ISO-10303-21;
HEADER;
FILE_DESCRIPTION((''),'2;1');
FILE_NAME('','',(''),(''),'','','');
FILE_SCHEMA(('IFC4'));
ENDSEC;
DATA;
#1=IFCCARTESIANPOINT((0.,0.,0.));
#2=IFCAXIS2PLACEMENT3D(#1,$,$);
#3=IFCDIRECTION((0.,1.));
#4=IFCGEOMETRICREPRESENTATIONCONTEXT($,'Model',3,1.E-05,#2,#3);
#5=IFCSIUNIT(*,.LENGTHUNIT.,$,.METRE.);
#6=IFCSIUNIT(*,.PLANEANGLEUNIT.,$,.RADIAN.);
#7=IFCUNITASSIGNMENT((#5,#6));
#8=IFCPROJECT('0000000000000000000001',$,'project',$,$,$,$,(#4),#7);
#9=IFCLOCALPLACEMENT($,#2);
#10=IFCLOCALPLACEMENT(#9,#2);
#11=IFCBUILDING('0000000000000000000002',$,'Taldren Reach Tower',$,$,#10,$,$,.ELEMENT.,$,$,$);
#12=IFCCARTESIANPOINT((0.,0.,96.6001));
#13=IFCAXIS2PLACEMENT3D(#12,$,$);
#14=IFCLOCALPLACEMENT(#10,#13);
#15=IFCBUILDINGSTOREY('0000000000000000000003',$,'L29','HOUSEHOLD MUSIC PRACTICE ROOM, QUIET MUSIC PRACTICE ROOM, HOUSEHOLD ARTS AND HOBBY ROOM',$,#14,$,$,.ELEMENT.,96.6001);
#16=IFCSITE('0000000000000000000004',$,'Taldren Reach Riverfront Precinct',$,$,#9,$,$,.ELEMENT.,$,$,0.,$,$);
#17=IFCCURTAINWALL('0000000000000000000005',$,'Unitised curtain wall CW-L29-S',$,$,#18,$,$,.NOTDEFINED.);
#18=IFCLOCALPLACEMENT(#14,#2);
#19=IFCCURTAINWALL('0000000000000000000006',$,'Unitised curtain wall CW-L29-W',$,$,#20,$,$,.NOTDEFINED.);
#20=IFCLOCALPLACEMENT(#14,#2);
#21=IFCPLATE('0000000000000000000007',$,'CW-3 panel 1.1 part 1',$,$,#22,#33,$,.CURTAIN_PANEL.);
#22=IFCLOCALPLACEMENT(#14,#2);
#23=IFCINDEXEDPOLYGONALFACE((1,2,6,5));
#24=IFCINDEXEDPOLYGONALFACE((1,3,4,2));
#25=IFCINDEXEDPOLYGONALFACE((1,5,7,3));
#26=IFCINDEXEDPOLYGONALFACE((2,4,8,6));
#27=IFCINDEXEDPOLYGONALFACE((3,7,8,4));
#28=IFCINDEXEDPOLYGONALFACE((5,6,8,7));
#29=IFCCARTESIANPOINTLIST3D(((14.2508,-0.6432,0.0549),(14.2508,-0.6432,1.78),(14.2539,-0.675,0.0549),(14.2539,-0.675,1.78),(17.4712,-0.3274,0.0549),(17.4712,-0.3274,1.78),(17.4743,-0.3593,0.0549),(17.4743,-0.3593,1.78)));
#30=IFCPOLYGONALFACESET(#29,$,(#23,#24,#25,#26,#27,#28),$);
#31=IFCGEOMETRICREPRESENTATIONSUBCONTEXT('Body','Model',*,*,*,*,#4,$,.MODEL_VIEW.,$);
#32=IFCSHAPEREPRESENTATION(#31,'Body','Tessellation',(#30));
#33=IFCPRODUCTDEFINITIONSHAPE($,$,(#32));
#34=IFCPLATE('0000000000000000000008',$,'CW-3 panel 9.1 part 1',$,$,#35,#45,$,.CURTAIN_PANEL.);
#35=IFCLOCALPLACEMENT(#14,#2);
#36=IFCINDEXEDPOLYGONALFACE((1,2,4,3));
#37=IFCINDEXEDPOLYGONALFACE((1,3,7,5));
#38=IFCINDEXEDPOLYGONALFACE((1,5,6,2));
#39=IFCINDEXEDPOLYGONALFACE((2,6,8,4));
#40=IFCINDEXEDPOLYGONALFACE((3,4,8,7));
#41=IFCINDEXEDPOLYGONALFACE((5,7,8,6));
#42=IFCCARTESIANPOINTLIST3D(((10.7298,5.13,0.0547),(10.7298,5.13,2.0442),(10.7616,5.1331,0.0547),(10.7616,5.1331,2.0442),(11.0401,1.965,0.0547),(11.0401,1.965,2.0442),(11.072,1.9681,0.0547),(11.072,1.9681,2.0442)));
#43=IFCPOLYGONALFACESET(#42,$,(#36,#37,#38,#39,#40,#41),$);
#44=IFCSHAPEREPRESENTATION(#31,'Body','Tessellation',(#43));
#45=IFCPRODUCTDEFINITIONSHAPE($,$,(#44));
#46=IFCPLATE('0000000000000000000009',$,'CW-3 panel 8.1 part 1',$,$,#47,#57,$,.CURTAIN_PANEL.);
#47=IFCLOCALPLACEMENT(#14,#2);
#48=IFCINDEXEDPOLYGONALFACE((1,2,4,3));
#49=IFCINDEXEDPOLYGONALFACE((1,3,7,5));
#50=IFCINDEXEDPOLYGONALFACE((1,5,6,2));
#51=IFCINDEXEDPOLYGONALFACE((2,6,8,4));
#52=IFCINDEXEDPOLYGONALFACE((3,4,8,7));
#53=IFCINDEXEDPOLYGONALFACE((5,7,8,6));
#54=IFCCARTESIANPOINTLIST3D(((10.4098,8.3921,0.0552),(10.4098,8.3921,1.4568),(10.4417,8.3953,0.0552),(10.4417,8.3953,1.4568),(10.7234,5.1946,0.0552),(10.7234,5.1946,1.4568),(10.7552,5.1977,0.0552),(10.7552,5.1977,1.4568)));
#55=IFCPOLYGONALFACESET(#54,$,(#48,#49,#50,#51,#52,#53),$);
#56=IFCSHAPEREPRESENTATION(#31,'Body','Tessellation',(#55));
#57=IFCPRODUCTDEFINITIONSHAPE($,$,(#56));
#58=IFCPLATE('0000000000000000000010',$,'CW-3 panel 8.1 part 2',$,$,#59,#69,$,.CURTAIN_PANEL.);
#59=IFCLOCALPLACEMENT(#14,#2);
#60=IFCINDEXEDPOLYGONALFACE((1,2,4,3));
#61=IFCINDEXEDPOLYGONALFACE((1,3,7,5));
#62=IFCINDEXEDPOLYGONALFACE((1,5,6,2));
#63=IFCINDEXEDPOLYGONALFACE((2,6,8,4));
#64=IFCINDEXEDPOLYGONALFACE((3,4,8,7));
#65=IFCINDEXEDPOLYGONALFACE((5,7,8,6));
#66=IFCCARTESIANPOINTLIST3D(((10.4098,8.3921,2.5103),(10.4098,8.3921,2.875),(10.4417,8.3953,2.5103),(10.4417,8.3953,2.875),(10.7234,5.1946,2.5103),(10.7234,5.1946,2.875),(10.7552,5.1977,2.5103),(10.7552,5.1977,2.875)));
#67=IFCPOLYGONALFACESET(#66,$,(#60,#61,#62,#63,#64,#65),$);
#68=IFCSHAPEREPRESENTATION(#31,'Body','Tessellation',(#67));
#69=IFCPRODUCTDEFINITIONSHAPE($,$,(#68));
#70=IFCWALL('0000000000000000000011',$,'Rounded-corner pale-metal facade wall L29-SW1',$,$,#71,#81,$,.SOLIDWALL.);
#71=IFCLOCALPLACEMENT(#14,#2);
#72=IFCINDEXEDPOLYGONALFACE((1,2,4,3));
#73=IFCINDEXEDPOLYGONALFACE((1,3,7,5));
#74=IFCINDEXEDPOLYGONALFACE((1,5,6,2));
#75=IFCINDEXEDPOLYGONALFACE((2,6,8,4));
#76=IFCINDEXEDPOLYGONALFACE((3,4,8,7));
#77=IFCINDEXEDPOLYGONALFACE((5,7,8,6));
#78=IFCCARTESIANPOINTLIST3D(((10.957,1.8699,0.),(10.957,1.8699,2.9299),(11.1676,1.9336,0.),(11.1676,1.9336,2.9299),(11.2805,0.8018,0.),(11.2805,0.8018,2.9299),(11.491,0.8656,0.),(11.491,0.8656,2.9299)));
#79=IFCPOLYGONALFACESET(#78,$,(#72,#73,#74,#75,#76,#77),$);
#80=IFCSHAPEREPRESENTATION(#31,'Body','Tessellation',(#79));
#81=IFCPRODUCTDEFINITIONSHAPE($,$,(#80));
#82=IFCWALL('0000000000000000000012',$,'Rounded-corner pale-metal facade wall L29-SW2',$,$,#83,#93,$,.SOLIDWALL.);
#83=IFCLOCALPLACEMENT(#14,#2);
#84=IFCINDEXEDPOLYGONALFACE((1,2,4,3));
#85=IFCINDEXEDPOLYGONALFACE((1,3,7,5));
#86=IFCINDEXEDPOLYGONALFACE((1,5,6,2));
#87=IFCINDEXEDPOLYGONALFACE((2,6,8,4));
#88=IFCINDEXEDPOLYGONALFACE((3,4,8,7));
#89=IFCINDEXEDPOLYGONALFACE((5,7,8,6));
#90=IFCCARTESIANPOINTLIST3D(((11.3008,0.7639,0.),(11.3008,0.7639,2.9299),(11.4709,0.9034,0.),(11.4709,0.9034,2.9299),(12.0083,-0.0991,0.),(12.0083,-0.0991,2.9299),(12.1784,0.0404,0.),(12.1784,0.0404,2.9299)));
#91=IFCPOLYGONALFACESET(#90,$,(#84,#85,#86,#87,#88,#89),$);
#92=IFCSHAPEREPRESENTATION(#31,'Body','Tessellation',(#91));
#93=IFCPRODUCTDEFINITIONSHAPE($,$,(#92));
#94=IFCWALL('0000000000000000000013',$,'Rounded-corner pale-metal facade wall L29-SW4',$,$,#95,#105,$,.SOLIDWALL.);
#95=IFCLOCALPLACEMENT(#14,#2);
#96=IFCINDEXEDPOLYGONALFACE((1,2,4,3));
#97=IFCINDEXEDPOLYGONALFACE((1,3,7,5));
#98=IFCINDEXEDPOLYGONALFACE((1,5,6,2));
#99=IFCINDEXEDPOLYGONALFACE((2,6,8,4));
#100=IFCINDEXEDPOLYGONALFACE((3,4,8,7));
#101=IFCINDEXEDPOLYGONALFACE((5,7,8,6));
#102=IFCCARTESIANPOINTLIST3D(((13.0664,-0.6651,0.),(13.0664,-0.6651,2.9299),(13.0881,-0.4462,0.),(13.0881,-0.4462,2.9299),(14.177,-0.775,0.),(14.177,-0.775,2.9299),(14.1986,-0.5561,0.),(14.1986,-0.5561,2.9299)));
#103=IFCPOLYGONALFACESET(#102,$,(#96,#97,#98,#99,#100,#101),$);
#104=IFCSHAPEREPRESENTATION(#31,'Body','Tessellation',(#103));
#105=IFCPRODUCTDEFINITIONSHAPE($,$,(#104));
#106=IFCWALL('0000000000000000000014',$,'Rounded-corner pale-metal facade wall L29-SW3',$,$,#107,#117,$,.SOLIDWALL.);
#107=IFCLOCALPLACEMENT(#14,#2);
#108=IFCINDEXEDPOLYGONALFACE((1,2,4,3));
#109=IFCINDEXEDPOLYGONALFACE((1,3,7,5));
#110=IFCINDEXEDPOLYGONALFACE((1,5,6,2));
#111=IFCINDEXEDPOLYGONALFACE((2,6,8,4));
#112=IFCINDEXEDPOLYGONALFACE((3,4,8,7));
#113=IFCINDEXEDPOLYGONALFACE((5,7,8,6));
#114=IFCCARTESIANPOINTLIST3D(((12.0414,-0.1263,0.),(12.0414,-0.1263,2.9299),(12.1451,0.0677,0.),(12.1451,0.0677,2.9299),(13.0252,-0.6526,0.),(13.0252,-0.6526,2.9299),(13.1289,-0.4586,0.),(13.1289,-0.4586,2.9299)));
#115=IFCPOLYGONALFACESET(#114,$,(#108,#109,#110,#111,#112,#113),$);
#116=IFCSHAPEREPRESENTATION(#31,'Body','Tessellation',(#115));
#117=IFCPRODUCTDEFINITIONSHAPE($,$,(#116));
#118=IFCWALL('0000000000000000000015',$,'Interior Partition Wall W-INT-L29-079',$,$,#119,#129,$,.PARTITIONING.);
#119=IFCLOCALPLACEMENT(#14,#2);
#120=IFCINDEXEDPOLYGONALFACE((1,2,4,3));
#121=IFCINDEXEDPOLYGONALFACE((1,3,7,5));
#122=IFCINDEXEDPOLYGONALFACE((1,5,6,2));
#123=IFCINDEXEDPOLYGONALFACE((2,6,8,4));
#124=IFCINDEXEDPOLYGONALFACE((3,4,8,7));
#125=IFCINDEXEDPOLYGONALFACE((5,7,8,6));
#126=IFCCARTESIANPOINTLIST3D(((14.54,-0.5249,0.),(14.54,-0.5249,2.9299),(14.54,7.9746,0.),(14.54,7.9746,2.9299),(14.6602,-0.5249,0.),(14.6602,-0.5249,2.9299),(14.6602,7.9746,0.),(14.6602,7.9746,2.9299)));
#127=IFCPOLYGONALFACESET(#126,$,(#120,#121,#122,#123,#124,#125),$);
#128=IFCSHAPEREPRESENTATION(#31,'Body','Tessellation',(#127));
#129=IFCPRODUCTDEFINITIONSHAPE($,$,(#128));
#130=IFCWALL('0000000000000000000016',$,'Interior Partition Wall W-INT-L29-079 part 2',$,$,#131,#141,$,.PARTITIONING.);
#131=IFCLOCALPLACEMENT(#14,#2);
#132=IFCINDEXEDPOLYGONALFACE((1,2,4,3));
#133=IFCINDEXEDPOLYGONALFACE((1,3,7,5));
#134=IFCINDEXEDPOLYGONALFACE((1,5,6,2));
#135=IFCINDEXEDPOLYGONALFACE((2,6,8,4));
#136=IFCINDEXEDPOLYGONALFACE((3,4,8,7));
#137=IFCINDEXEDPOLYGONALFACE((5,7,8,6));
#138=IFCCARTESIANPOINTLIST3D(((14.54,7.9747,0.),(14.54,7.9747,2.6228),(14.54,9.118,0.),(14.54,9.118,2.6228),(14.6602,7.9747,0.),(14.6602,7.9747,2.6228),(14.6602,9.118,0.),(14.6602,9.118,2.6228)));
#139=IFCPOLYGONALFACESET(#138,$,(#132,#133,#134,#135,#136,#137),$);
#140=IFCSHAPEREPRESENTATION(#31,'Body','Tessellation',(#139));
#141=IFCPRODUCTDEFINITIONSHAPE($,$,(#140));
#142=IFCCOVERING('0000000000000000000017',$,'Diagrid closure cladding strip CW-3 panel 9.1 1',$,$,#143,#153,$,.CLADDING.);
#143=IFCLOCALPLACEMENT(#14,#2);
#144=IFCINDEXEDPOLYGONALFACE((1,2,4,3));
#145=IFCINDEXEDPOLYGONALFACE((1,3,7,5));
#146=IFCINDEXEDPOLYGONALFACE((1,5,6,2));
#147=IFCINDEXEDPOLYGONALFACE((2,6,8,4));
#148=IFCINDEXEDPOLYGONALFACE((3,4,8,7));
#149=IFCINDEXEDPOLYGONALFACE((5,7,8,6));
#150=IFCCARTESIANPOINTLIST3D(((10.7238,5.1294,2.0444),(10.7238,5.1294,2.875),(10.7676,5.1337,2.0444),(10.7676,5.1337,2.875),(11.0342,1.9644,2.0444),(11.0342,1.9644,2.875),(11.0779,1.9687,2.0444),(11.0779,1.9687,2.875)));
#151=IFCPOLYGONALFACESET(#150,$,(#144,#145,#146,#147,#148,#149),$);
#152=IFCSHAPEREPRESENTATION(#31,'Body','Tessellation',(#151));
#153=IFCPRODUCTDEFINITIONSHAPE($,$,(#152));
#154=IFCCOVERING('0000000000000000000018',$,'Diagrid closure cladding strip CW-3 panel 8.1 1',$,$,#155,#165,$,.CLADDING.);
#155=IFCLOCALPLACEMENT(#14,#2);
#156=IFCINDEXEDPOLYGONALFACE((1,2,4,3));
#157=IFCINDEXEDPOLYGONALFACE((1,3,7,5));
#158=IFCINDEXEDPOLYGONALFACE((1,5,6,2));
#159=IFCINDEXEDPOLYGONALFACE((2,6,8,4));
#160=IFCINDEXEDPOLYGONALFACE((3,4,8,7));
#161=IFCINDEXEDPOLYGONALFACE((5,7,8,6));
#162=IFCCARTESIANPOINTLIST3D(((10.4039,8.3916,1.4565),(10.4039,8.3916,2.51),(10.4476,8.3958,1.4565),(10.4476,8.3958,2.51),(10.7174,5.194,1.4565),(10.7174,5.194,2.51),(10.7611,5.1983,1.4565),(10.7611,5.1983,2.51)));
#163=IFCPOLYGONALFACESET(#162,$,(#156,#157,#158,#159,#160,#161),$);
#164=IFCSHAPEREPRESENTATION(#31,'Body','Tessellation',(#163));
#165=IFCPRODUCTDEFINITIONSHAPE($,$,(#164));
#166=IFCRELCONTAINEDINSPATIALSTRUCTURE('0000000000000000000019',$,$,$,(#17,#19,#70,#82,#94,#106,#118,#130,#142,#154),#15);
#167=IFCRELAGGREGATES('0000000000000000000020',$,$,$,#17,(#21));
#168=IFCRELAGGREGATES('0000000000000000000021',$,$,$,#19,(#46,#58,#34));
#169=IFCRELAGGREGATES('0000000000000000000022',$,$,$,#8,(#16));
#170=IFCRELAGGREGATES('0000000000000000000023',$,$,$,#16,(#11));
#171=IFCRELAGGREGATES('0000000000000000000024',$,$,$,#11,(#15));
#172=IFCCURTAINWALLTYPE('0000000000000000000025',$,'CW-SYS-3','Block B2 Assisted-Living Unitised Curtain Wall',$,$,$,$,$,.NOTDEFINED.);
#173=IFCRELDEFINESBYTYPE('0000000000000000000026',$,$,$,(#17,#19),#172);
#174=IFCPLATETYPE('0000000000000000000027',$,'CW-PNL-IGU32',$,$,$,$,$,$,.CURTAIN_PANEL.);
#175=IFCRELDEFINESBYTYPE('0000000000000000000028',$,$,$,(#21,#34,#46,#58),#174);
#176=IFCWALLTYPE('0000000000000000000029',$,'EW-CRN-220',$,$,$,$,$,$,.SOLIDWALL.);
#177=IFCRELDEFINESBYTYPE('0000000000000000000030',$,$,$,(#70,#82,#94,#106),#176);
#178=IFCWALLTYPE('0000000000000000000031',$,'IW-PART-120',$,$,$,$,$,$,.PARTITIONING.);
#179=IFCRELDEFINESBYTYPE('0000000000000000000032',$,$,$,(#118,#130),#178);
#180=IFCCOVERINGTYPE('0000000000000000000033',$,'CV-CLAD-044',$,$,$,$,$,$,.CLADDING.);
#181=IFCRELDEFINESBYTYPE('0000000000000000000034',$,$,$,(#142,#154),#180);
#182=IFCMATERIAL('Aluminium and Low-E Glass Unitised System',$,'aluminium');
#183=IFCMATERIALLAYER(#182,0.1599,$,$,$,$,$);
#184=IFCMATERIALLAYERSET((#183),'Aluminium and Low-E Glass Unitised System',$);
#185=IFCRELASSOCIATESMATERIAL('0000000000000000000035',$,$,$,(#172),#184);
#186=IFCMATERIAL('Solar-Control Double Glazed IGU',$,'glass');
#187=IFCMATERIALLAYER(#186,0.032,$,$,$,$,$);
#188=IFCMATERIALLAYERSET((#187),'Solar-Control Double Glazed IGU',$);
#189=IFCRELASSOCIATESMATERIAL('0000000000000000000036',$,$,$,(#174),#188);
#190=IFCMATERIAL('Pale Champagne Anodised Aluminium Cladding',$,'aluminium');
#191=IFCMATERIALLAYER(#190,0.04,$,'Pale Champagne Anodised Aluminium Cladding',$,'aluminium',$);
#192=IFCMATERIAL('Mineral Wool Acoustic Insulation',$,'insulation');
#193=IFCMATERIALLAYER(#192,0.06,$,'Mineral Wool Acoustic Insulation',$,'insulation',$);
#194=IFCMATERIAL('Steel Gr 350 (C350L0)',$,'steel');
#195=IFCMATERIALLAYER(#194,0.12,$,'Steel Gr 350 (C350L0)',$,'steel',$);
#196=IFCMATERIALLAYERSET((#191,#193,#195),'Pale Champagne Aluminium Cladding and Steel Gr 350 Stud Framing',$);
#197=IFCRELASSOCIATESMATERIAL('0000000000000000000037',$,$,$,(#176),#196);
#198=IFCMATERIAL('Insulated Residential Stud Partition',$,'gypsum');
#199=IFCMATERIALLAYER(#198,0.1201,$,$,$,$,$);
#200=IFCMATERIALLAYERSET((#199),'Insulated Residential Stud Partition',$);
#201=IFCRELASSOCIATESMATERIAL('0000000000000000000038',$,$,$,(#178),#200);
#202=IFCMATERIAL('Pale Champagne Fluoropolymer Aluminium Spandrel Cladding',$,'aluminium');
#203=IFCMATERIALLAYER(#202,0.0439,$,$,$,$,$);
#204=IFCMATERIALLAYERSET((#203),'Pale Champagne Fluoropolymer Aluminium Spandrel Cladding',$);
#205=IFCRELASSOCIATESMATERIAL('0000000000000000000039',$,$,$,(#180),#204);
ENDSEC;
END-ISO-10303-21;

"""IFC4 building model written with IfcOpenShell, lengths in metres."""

from ifc_helpers import new_model, si_unit, direction, frame, frame_2d, origin, origin_2d, place, context, subcontext, project, spatial, rectangle, extrude, source, transform, mapped, material, layer, layer_set, type_object, element, aggregate, save


model = new_model("IFC4")

# Units and contexts
model_context = context("Model", 3, precision=1e-05, world=origin(), true_north=direction((0.0, 1.0)))
body_context = subcontext(model_context, "Body", "Model", "MODEL_VIEW")
ifc_project = project(units=[si_unit("LENGTHUNIT", "METRE"), si_unit("PLANEANGLEUNIT", "RADIAN")], contexts=[model_context])

# Site, building, storey
site_placement = place(None, origin())
site = spatial("IfcSite", under=ifc_project, at=site_placement, Name="Taldren Reach Riverfront Precinct", CompositionType="ELEMENT", RefElevation=0.0)
building_placement = place(site_placement, origin())
building = spatial("IfcBuilding", under=site, at=building_placement, Name="Taldren Reach Tower", CompositionType="ELEMENT")
storey_placement = place(building_placement, frame((0.0, 0.0, 96.6001)))
storey = spatial("IfcBuildingStorey", under=building, at=storey_placement, Name="L29", Description="HOUSEHOLD MUSIC PRACTICE ROOM, QUIET MUSIC PRACTICE ROOM, HOUSEHOLD ARTS AND HOBBY ROOM", CompositionType="ELEMENT", Elevation=96.6001)

# Shared definitions
ifc_material_1 = material(Name="Steel Gr 350 (C350L0)", Category="steel")

# Curtain wall
ifc_material_2 = material(Name="Aluminium and Low-E Glass Unitised System", Category="aluminium")
ifc_layer_1 = layer(ifc_material_2, 0.1599)
ifc_layer_set_1 = layer_set([ifc_layer_1], Name="Aluminium and Low-E Glass Unitised System")
curtain_wall_type = type_object("IfcCurtainWallType", Name="CW-SYS-3", Description="Block B2 Assisted-Living Unitised Curtain Wall", PredefinedType="NOTDEFINED", material=ifc_layer_set_1)
curtain_wall_1_placement = place(storey_placement, origin())
curtain_wall_1 = element("IfcCurtainWall", 1, at=curtain_wall_1_placement, inside=storey, type_object=curtain_wall_type, Name="Unitised curtain wall CW-L29-S", PredefinedType="NOTDEFINED")

# Curtain wall
curtain_wall_2_placement = place(storey_placement, origin())
curtain_wall_2 = element("IfcCurtainWall", 2, at=curtain_wall_2_placement, inside=storey, type_object=curtain_wall_type, Name="Unitised curtain wall CW-L29-W", PredefinedType="NOTDEFINED")

# Plates
ifc_material_3 = material(Name="Solar-Control Double Glazed IGU", Category="glass")
ifc_layer_2 = layer(ifc_material_3, 0.032)
ifc_layer_set_2 = layer_set([ifc_layer_2], Name="Solar-Control Double Glazed IGU")
plate_type_1 = type_object("IfcPlateType", Name="CW-PNL-IGU32", PredefinedType="CURTAIN_PANEL", material=ifc_layer_set_2)
shared_shape_1 = source(origin(), body_context, "Body", "SweptSolid", [
    extrude(rectangle(XDim=3.2358, YDim=0.032, at=origin_2d()), origin(), (0.0, 0.0, 1.0), 1.7251),
])
plate_1_placement = place(storey_placement, frame((15.8625, -0.5012, 0.0549), z_axis=(0.0, 0.0, 1.0), x_axis=(0.995227, 0.097583, 0.0)))
plate_1 = element("IfcPlate", 3, at=plate_1_placement, type_object=plate_type_1, Name="CW-3 panel 1.1 part 1", PredefinedType="CURTAIN_PANEL", context=body_context, shape_type="MappedRepresentation", body=[
    mapped(shared_shape_1, transform((0.0, 0.0, 0.0), scale=1.0)),
])
aggregate(curtain_wall_1, [plate_1])
shared_shape_2 = source(origin(), body_context, "Body", "SweptSolid", [
    extrude(rectangle(XDim=3.1802, YDim=0.032, at=origin_2d()), origin(), (0.0, 0.0, 1.0), 1.9895),
])
plate_2_placement = place(storey_placement, frame((10.9009, 3.5491, 0.0547), z_axis=(0.0, 0.0, 1.0), x_axis=(0.097583, -0.995227, 0.0)))
plate_2 = element("IfcPlate", 4, at=plate_2_placement, type_object=plate_type_1, Name="CW-3 panel 9.1 part 1", PredefinedType="CURTAIN_PANEL", context=body_context, shape_type="MappedRepresentation", body=[
    mapped(shared_shape_2, transform((0.0, 0.0, 0.0), scale=1.0)),
])
shared_shape_3 = source(origin(), body_context, "Body", "SweptSolid", [
    extrude(rectangle(XDim=3.2129, YDim=0.032, at=origin_2d()), origin(), (0.0, 0.0, 1.0), 1.4016),
])
plate_3_placement = place(storey_placement, frame((10.5825, 6.7949, 0.0552), z_axis=(0.0, 0.0, 1.0), x_axis=(0.097583, -0.995227, 0.0)))
plate_3 = element("IfcPlate", 5, at=plate_3_placement, type_object=plate_type_1, Name="CW-3 panel 8.1 part 1", PredefinedType="CURTAIN_PANEL", context=body_context, shape_type="MappedRepresentation", body=[
    mapped(shared_shape_3, transform((0.0, 0.0, 0.0), scale=1.0)),
])
shared_shape_4 = source(origin(), body_context, "Body", "SweptSolid", [
    extrude(rectangle(XDim=3.2129, YDim=0.032, at=origin_2d()), origin(), (0.0, 0.0, 1.0), 0.3647),
])
plate_4_placement = place(storey_placement, frame((10.5825, 6.7949, 2.5103), z_axis=(0.0, 0.0, 1.0), x_axis=(0.097583, -0.995227, 0.0)))
plate_4 = element("IfcPlate", 6, at=plate_4_placement, type_object=plate_type_1, Name="CW-3 panel 8.1 part 2", PredefinedType="CURTAIN_PANEL", context=body_context, shape_type="MappedRepresentation", body=[
    mapped(shared_shape_4, transform((0.0, 0.0, 0.0), scale=1.0)),
])
aggregate(curtain_wall_2, [plate_3, plate_4, plate_2])

# Walls
ifc_material_4 = material(Name="Pale Champagne Anodised Aluminium Cladding", Category="aluminium")
ifc_layer_3 = layer(ifc_material_4, 0.04, Name="Pale Champagne Anodised Aluminium Cladding", Category="aluminium")
ifc_material_5 = material(Name="Mineral Wool Acoustic Insulation", Category="insulation")
ifc_layer_4 = layer(ifc_material_5, 0.06, Name="Mineral Wool Acoustic Insulation", Category="insulation")
ifc_layer_5 = layer(ifc_material_1, 0.12, Name="Steel Gr 350 (C350L0)", Category="steel")
ifc_layer_set_3 = layer_set([ifc_layer_3, ifc_layer_4, ifc_layer_5], Name="Pale Champagne Aluminium Cladding and Steel Gr 350 Stud Framing")
wall_type_1 = type_object("IfcWallType", Name="EW-CRN-220", PredefinedType="SOLIDWALL", material=ifc_layer_set_3)
shared_shape_5 = source(origin(), body_context, "Body", "SweptSolid", [
    extrude(rectangle(XDim=1.116, YDim=0.22, at=frame_2d((0.5581, 0.0))), origin(), (0.0, 0.0, 1.0), 2.9299),
])
for number, where, z_axis, x_axis, name in (
    (7, (11.0623, 1.9019, 0.0), (0.0, 0.0, 1.0), (0.289856, -0.95707, 0.0), "Rounded-corner pale-metal facade wall L29-SW1"),
    (8, (11.3857, 0.8337, 0.0), (0.0, 0.0, 1.0), (0.633988, -0.773343, 0.0), "Rounded-corner pale-metal facade wall L29-SW2"),
    (9, (13.0771, -0.5557, 0.0), (0.0, 0.0, 1.0), (0.995143, -0.098442, 0.0), "Rounded-corner pale-metal facade wall L29-SW4"),
):
    element("IfcWall", number, at=place(storey_placement, frame(where, z_axis=z_axis, x_axis=x_axis)), inside=storey, type_object=wall_type_1, Name=name, PredefinedType="SOLIDWALL", context=body_context, shape_type="MappedRepresentation", body=[
        mapped(shared_shape_5, transform((0.0, 0.0, 0.0), scale=1.0)),
    ])
shared_shape_6 = source(origin(), body_context, "Body", "SweptSolid", [
    extrude(rectangle(XDim=1.1157, YDim=0.22, at=frame_2d((0.5579, 0.0))), origin(), (0.0, 0.0, 1.0), 2.9299),
])
wall_1_placement = place(storey_placement, frame((12.0933, -0.0293, 0.0), z_axis=(0.0, 0.0, 1.0), x_axis=(0.881747, -0.471723, 0.0)))
element("IfcWall", 10, at=wall_1_placement, inside=storey, type_object=wall_type_1, Name="Rounded-corner pale-metal facade wall L29-SW3", PredefinedType="SOLIDWALL", context=body_context, shape_type="MappedRepresentation", body=[
    mapped(shared_shape_6, transform((0.0, 0.0, 0.0), scale=1.0)),
])
ifc_material_6 = material(Name="Insulated Residential Stud Partition", Category="gypsum")
ifc_layer_6 = layer(ifc_material_6, 0.1201)
ifc_layer_set_4 = layer_set([ifc_layer_6], Name="Insulated Residential Stud Partition")
wall_type_2 = type_object("IfcWallType", Name="IW-PART-120", PredefinedType="PARTITIONING", material=ifc_layer_set_4)
shared_shape_7 = source(origin(), body_context, "Body", "SweptSolid", [
    extrude(rectangle(XDim=8.4995, YDim=0.1201, at=frame_2d((4.2498, 0.0))), origin(), (0.0, 0.0, 1.0), 2.9299),
])
wall_2_placement = place(storey_placement, frame((14.6001, -0.5249, 0.0), z_axis=(0.0, 0.0, 1.0), x_axis=(0.0, 1.0, 0.0)))
element("IfcWall", 11, at=wall_2_placement, inside=storey, type_object=wall_type_2, Name="Interior Partition Wall W-INT-L29-079", PredefinedType="PARTITIONING", context=body_context, shape_type="MappedRepresentation", body=[
    mapped(shared_shape_7, transform((0.0, 0.0, 0.0), scale=1.0)),
])
shared_shape_8 = source(origin(), body_context, "Body", "SweptSolid", [
    extrude(rectangle(XDim=1.1433, YDim=0.1201, at=frame_2d((0.5718, 0.0))), origin(), (0.0, 0.0, 1.0), 2.6228),
])
wall_3_placement = place(storey_placement, frame((14.6001, 7.9746, 0.0), z_axis=(0.0, 0.0, 1.0), x_axis=(0.0, 1.0, 0.0)))
element("IfcWall", 12, at=wall_3_placement, inside=storey, type_object=wall_type_2, Name="Interior Partition Wall W-INT-L29-079 part 2", PredefinedType="PARTITIONING", context=body_context, shape_type="MappedRepresentation", body=[
    mapped(shared_shape_8, transform((0.0, 0.0, 0.0), scale=1.0)),
])

# Coverings
ifc_material_7 = material(Name="Pale Champagne Fluoropolymer Aluminium Spandrel Cladding", Category="aluminium")
ifc_layer_7 = layer(ifc_material_7, 0.0439)
ifc_layer_set_5 = layer_set([ifc_layer_7], Name="Pale Champagne Fluoropolymer Aluminium Spandrel Cladding")
covering_type = type_object("IfcCoveringType", Name="CV-CLAD-044", PredefinedType="CLADDING", material=ifc_layer_set_5)
shared_shape_9 = source(origin(), body_context, "Body", "SweptSolid", [
    extrude(rectangle(XDim=3.1802, YDim=0.0439, at=origin_2d()), origin(), (0.0, 0.0, 1.0), 0.8306),
])
covering_1_placement = place(storey_placement, frame((10.9009, 3.5491, 2.0444), z_axis=(0.0, 0.0, 1.0), x_axis=(0.097583, -0.995227, 0.0)))
element("IfcCovering", 13, at=covering_1_placement, inside=storey, type_object=covering_type, Name="Diagrid closure cladding strip CW-3 panel 9.1 1", PredefinedType="CLADDING", context=body_context, shape_type="MappedRepresentation", body=[
    mapped(shared_shape_9, transform((0.0, 0.0, 0.0), scale=1.0)),
])
shared_shape_10 = source(origin(), body_context, "Body", "SweptSolid", [
    extrude(rectangle(XDim=3.2129, YDim=0.0439, at=origin_2d()), origin(), (0.0, 0.0, 1.0), 1.0535),
])
covering_2_placement = place(storey_placement, frame((10.5825, 6.7949, 1.4565), z_axis=(0.0, 0.0, 1.0), x_axis=(0.097583, -0.995227, 0.0)))
element("IfcCovering", 14, at=covering_2_placement, inside=storey, type_object=covering_type, Name="Diagrid closure cladding strip CW-3 panel 8.1 1", PredefinedType="CLADDING", context=body_context, shape_type="MappedRepresentation", body=[
    mapped(shared_shape_10, transform((0.0, 0.0, 0.0), scale=1.0)),
])

save(model, "model.ifc")
